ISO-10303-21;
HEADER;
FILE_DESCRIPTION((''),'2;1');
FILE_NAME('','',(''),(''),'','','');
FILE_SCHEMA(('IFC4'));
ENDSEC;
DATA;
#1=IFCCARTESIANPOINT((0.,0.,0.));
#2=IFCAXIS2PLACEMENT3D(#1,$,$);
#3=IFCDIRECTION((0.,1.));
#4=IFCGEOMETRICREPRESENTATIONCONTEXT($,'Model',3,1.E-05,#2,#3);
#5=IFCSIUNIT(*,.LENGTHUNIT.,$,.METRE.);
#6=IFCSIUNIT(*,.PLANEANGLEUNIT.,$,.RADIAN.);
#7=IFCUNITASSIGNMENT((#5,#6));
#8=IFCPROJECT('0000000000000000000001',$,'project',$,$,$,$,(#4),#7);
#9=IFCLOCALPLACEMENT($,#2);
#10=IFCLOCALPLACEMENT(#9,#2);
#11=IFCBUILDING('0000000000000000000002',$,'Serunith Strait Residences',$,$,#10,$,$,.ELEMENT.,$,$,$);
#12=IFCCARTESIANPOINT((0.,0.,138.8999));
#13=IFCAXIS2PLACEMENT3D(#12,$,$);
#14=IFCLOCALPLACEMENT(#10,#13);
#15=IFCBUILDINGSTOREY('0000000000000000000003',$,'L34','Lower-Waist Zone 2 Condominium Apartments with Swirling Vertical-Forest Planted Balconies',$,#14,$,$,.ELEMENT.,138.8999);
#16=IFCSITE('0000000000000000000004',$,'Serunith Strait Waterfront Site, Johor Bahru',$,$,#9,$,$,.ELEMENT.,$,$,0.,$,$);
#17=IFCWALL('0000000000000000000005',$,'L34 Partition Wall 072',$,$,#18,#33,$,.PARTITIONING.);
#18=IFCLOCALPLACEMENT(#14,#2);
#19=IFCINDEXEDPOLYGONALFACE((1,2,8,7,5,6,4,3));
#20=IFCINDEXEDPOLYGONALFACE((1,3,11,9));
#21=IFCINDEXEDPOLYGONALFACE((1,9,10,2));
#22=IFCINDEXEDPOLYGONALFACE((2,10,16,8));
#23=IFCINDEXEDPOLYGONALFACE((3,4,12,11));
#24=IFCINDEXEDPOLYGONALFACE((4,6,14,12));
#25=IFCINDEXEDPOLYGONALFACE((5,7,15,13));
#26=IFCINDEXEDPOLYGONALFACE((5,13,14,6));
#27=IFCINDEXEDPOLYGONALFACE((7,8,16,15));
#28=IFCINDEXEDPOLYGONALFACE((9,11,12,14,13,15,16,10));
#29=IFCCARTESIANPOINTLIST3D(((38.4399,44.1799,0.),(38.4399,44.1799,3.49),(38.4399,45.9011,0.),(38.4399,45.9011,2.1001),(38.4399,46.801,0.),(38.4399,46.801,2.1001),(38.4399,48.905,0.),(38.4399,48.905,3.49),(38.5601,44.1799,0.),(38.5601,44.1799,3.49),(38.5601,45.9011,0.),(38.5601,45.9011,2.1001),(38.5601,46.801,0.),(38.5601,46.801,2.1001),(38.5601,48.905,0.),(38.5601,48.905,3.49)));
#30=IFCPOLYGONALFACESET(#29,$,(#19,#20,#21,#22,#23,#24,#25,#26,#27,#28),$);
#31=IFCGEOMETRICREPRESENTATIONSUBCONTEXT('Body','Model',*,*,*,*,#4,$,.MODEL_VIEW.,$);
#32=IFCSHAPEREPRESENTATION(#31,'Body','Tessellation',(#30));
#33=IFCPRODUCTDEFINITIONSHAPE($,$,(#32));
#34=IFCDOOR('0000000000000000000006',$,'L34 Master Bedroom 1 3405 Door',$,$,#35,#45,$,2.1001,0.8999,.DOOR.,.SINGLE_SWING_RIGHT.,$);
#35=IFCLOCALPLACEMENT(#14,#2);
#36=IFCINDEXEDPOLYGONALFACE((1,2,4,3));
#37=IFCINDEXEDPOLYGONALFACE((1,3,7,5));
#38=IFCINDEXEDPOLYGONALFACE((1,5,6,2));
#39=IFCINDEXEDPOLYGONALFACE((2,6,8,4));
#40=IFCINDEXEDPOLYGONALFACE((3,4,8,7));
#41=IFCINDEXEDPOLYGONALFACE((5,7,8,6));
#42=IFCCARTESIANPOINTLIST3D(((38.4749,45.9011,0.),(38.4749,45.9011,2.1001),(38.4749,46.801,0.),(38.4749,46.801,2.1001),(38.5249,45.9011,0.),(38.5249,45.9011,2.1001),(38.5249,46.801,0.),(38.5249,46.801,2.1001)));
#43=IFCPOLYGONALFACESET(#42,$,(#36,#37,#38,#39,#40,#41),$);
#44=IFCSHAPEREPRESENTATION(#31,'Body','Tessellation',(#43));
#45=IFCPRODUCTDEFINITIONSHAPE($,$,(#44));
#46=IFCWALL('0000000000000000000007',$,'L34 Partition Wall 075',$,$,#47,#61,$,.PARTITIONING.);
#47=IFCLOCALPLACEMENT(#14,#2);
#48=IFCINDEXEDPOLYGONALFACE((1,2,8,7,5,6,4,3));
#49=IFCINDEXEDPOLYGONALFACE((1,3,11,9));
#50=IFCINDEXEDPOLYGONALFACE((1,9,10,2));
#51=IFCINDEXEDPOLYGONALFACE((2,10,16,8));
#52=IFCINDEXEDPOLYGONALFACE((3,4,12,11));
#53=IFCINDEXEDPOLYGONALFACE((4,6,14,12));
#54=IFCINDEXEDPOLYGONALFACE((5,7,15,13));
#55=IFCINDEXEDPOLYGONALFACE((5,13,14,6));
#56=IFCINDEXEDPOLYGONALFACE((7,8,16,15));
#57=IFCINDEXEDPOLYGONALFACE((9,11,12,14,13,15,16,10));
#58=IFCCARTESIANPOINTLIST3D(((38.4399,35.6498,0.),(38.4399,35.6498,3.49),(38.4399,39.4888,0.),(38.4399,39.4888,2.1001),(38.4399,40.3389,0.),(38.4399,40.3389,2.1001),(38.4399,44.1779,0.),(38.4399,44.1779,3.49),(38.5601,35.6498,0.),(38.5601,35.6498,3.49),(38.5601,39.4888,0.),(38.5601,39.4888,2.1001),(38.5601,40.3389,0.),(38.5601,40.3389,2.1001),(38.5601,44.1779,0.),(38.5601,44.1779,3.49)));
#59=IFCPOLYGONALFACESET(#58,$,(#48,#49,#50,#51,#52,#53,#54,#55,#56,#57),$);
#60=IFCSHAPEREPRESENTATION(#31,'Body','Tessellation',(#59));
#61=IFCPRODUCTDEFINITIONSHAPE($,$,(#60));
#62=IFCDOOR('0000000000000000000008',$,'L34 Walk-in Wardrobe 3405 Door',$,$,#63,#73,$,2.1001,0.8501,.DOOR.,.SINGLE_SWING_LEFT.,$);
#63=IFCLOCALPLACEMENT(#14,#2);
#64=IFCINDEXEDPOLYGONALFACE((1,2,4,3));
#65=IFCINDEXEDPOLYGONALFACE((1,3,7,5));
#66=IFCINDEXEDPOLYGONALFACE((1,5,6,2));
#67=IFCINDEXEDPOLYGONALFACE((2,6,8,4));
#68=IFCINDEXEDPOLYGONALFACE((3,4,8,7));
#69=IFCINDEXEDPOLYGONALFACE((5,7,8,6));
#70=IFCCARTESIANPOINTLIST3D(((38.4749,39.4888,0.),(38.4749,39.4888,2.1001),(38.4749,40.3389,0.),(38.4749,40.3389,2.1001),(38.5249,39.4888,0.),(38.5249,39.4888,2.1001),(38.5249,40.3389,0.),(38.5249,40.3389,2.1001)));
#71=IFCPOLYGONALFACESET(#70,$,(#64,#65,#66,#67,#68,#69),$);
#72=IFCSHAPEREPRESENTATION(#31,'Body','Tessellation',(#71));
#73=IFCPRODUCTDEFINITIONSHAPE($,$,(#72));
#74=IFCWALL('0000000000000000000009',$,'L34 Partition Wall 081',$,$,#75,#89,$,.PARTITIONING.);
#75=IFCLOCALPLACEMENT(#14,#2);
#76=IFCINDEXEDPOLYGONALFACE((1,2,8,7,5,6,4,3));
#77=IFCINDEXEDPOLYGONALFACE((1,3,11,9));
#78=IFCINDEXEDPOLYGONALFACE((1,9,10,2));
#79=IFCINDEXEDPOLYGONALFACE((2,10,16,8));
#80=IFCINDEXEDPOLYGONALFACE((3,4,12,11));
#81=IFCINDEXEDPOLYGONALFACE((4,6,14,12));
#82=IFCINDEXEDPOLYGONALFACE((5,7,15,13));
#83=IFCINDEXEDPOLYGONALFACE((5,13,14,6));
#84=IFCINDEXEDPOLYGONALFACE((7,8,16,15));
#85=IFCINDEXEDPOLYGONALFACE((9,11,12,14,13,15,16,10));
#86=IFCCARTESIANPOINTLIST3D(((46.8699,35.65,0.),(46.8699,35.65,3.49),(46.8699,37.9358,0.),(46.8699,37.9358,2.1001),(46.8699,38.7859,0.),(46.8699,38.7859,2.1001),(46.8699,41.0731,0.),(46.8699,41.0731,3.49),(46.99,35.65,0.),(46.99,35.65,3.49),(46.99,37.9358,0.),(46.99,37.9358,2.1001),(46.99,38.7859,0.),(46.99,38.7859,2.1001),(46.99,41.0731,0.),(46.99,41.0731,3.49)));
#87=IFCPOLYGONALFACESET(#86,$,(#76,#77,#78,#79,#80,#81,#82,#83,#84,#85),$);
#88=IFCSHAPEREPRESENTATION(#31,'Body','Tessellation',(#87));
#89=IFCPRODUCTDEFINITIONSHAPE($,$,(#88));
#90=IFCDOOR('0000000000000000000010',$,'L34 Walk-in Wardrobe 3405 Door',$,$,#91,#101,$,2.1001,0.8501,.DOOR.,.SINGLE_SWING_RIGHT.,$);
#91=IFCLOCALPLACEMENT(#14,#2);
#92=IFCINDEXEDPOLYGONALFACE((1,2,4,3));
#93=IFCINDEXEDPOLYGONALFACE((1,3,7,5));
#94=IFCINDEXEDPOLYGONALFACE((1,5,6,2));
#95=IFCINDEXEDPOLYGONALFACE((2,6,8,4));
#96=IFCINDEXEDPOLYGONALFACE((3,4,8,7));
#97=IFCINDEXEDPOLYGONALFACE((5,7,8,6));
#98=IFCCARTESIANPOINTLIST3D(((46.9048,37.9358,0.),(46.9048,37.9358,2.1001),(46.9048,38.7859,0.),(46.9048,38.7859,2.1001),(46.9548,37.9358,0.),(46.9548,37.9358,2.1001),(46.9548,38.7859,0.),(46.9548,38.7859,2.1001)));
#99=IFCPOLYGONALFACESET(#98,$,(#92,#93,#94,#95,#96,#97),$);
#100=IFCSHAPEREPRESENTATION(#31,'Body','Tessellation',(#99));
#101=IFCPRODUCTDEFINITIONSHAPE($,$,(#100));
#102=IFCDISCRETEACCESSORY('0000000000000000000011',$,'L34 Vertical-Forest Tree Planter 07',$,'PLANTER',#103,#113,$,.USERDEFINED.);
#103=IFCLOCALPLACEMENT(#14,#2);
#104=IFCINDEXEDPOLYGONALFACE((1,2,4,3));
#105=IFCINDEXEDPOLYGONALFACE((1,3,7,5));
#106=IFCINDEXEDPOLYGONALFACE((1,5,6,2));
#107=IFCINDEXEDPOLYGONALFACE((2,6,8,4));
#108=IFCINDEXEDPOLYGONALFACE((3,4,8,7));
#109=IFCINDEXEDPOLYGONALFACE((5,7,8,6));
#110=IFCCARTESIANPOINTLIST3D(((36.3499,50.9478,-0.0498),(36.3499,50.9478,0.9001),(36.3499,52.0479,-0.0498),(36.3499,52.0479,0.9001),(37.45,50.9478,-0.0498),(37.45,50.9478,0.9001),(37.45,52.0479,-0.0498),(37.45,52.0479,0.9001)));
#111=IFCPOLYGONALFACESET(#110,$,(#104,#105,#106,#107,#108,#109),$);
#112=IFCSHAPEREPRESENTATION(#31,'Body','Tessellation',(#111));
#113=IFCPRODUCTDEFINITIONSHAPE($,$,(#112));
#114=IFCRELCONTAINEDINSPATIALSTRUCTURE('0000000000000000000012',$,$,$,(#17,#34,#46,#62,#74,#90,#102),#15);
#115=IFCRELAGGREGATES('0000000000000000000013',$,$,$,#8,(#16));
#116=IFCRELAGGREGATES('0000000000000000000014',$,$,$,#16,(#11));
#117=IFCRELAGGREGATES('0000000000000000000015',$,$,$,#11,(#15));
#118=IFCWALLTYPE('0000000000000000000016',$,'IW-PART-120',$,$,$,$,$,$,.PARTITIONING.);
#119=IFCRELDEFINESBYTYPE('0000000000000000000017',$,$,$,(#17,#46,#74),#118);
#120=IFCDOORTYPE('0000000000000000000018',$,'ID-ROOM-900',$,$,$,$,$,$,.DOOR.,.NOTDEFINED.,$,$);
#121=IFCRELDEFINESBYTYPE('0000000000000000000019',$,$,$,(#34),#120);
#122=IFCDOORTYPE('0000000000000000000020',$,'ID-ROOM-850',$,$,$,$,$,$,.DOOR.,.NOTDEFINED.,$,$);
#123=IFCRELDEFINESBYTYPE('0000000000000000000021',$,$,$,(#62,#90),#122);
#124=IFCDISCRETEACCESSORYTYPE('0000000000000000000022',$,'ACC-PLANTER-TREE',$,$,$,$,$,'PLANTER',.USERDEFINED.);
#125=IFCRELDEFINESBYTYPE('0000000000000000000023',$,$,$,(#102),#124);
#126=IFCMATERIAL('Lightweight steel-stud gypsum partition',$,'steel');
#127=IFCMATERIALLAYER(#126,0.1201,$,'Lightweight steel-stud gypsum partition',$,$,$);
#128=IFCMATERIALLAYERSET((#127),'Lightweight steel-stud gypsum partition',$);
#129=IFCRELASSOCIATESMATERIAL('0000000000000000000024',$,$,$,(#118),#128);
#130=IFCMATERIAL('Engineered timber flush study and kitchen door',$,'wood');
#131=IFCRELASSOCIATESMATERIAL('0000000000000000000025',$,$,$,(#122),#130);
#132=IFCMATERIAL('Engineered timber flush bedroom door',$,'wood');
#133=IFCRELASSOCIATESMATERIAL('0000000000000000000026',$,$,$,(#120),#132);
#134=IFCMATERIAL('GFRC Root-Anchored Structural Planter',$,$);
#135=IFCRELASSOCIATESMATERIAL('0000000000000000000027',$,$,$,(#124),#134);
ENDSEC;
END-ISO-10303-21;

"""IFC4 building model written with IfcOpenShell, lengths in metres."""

from ifc_helpers import new_model, si_unit, direction, frame, frame_2d, origin, origin_2d, place, context, subcontext, project, spatial, rectangle, extrude, source, transform, mapped, material, layer, layer_set, type_object, element, fill, save


model = new_model("IFC4")

# Units and contexts
model_context = context("Model", 3, precision=1e-05, world=origin(), true_north=direction((0.0, 1.0)))
body_context = subcontext(model_context, "Body", "Model", "MODEL_VIEW")
ifc_project = project(units=[si_unit("LENGTHUNIT", "METRE"), si_unit("PLANEANGLEUNIT", "RADIAN")], contexts=[model_context])

# Site, building, storey
site_placement = place(None, origin())
site = spatial("IfcSite", under=ifc_project, at=site_placement, Name="Serunith Strait Waterfront Site, Johor Bahru", CompositionType="ELEMENT", RefElevation=0.0)
building_placement = place(site_placement, origin())
building = spatial("IfcBuilding", under=site, at=building_placement, Name="Serunith Strait Residences", CompositionType="ELEMENT")
storey_placement = place(building_placement, frame((0.0, 0.0, 138.8999)))
storey = spatial("IfcBuildingStorey", under=building, at=storey_placement, Name="L34", Description="Lower-Waist Zone 2 Condominium Apartments with Swirling Vertical-Forest Planted Balconies", CompositionType="ELEMENT", Elevation=138.8999)

# Shared definitions
ifc_material_1 = material(Name="Lightweight steel-stud gypsum partition", Category="steel")
ifc_layer_1 = layer(ifc_material_1, 0.1201, Name="Lightweight steel-stud gypsum partition")
ifc_layer_set_1 = layer_set([ifc_layer_1], Name="Lightweight steel-stud gypsum partition")
wall_type_1 = type_object("IfcWallType", Name="IW-PART-120", PredefinedType="PARTITIONING", material=ifc_layer_set_1)
ifc_material_2 = material(Name="Engineered timber flush study and kitchen door", Category="wood")
door_type_1 = type_object("IfcDoorType", Name="ID-ROOM-850", OperationType="NOTDEFINED", PredefinedType="DOOR", material=ifc_material_2)
shared_shape_1 = source(origin(), body_context, "Body", "SweptSolid", [
    extrude(rectangle(XDim=0.8501, YDim=2.1001, at=frame_2d((0.425, 1.05))), frame((0.0, 0.0249, 0.0), z_axis=(0.0, -1.0, 0.0), x_axis=(1.0, 0.0, 0.0)), (0.0, 0.0, 1.0), 0.05),
])

# Walls, openings, doors
wall_1_placement = place(storey_placement, frame((38.5, 48.905, 0.0), z_axis=(0.0, 0.0, 1.0), x_axis=(0.0, -1.0, 0.0)))
wall_1 = element("IfcWall", 1, at=wall_1_placement, inside=storey, type_object=wall_type_1, Name="L34 Partition Wall 072", PredefinedType="PARTITIONING", context=body_context, shape_type="SweptSolid", body=[
    extrude(rectangle(XDim=4.7251, YDim=0.1201, at=frame_2d((2.3625, 0.0))), origin(), (0.0, 0.0, 1.0), 3.49),
])
opening_1_placement = place(wall_1_placement, frame((2.104, 0.0, 0.0)))
opening_1 = element("IfcOpeningElement", 2, at=opening_1_placement, cuts=wall_1, PredefinedType="OPENING", context=body_context, shape_type="SweptSolid", body=[
    extrude(rectangle(XDim=0.8999, YDim=2.1001, at=frame_2d((0.45, 1.05))), frame((0.0, 0.0701, 0.0), z_axis=(0.0, -1.0, 0.0), x_axis=(1.0, 0.0, 0.0)), (0.0, 0.0, 1.0), 0.1401),
])
ifc_material_3 = material(Name="Engineered timber flush bedroom door", Category="wood")
door_type_2 = type_object("IfcDoorType", Name="ID-ROOM-900", OperationType="NOTDEFINED", PredefinedType="DOOR", material=ifc_material_3)
shared_shape_2 = source(origin(), body_context, "Body", "SweptSolid", [
    extrude(rectangle(XDim=0.8999, YDim=2.1001, at=frame_2d((0.45, 1.05))), frame((0.0, 0.0249, 0.0), z_axis=(0.0, -1.0, 0.0), x_axis=(1.0, 0.0, 0.0)), (0.0, 0.0, 1.0), 0.05),
])
door_1_placement = place(opening_1_placement, origin())
door_1 = element("IfcDoor", 3, at=door_1_placement, inside=storey, type_object=door_type_2, Name="L34 Master Bedroom 1 3405 Door", OperationType="SINGLE_SWING_RIGHT", OverallHeight=2.1001, OverallWidth=0.8999, PredefinedType="DOOR", context=body_context, shape_type="MappedRepresentation", body=[
    mapped(shared_shape_2, transform((0.0, 0.0, 0.0), scale=1.0)),
])
fill(opening_1, door_1)
wall_2_placement = place(storey_placement, frame((38.5, 44.178, 0.0), z_axis=(0.0, 0.0, 1.0), x_axis=(0.0, -1.0, 0.0)))
wall_2 = element("IfcWall", 4, at=wall_2_placement, inside=storey, type_object=wall_type_1, Name="L34 Partition Wall 075", PredefinedType="PARTITIONING", context=body_context, shape_type="SweptSolid", body=[
    extrude(rectangle(XDim=8.5281, YDim=0.1201, at=frame_2d((4.2642, 0.0))), origin(), (0.0, 0.0, 1.0), 3.49),
])
opening_2_placement = place(wall_2_placement, frame((3.8391, 0.0, 0.0)))
opening_2 = element("IfcOpeningElement", 5, at=opening_2_placement, cuts=wall_2, PredefinedType="OPENING", context=body_context, shape_type="SweptSolid", body=[
    extrude(rectangle(XDim=0.8501, YDim=2.1001, at=frame_2d((0.425, 1.05))), frame((0.0, 0.0701, 0.0), z_axis=(0.0, -1.0, 0.0), x_axis=(1.0, 0.0, 0.0)), (0.0, 0.0, 1.0), 0.1401),
])
door_2_placement = place(opening_2_placement, origin())
door_2 = element("IfcDoor", 6, at=door_2_placement, inside=storey, type_object=door_type_1, Name="L34 Walk-in Wardrobe 3405 Door", OperationType="SINGLE_SWING_LEFT", OverallHeight=2.1001, OverallWidth=0.8501, PredefinedType="DOOR", context=body_context, shape_type="MappedRepresentation", body=[
    mapped(shared_shape_1, transform((0.0, 0.0, 0.0), scale=1.0)),
])
fill(opening_2, door_2)
wall_3_placement = place(storey_placement, frame((46.9299, 41.073, 0.0), z_axis=(0.0, 0.0, 1.0), x_axis=(0.0, -1.0, 0.0)))
wall_3 = element("IfcWall", 7, at=wall_3_placement, inside=storey, type_object=wall_type_1, Name="L34 Partition Wall 081", PredefinedType="PARTITIONING", context=body_context, shape_type="SweptSolid", body=[
    extrude(rectangle(XDim=5.4231, YDim=0.1201, at=frame_2d((2.7114, 0.0))), origin(), (0.0, 0.0, 1.0), 3.49),
])
opening_3_placement = place(wall_3_placement, frame((2.2871, 0.0, 0.0)))
opening_3 = element("IfcOpeningElement", 8, at=opening_3_placement, cuts=wall_3, PredefinedType="OPENING", context=body_context, shape_type="SweptSolid", body=[
    extrude(rectangle(XDim=0.8501, YDim=2.1001, at=frame_2d((0.425, 1.05))), frame((0.0, 0.0701, 0.0), z_axis=(0.0, -1.0, 0.0), x_axis=(1.0, 0.0, 0.0)), (0.0, 0.0, 1.0), 0.1401),
])
door_3_placement = place(opening_3_placement, origin())
door_3 = element("IfcDoor", 9, at=door_3_placement, inside=storey, type_object=door_type_1, Name="L34 Walk-in Wardrobe 3405 Door", OperationType="SINGLE_SWING_RIGHT", OverallHeight=2.1001, OverallWidth=0.8501, PredefinedType="DOOR", context=body_context, shape_type="MappedRepresentation", body=[
    mapped(shared_shape_1, transform((0.0, 0.0, 0.0), scale=1.0)),
])
fill(opening_3, door_3)

# Discrete accessory
ifc_material_4 = material(Name="GFRC Root-Anchored Structural Planter")
discrete_accessory_type = type_object("IfcDiscreteAccessoryType", Name="ACC-PLANTER-TREE", ElementType="PLANTER", PredefinedType="USERDEFINED", material=ifc_material_4)
shared_shape_3 = source(origin(), body_context, "Body", "SweptSolid", [
    extrude(rectangle(XDim=1.1001, YDim=1.1001, at=origin_2d()), origin(), (0.0, 0.0, 1.0), 0.95),
])
discrete_accessory_placement = place(storey_placement, frame((36.8999, 51.4978, -0.0498), z_axis=(0.0, 0.0, 1.0), x_axis=(-1.0, 0.0, 0.0)))
element("IfcDiscreteAccessory", 10, at=discrete_accessory_placement, inside=storey, type_object=discrete_accessory_type, Name="L34 Vertical-Forest Tree Planter 07", ObjectType="PLANTER", PredefinedType="USERDEFINED", context=body_context, shape_type="MappedRepresentation", body=[
    mapped(shared_shape_3, transform((0.0, 0.0, 0.0), scale=1.0)),
])

save(model, "model.ifc")
